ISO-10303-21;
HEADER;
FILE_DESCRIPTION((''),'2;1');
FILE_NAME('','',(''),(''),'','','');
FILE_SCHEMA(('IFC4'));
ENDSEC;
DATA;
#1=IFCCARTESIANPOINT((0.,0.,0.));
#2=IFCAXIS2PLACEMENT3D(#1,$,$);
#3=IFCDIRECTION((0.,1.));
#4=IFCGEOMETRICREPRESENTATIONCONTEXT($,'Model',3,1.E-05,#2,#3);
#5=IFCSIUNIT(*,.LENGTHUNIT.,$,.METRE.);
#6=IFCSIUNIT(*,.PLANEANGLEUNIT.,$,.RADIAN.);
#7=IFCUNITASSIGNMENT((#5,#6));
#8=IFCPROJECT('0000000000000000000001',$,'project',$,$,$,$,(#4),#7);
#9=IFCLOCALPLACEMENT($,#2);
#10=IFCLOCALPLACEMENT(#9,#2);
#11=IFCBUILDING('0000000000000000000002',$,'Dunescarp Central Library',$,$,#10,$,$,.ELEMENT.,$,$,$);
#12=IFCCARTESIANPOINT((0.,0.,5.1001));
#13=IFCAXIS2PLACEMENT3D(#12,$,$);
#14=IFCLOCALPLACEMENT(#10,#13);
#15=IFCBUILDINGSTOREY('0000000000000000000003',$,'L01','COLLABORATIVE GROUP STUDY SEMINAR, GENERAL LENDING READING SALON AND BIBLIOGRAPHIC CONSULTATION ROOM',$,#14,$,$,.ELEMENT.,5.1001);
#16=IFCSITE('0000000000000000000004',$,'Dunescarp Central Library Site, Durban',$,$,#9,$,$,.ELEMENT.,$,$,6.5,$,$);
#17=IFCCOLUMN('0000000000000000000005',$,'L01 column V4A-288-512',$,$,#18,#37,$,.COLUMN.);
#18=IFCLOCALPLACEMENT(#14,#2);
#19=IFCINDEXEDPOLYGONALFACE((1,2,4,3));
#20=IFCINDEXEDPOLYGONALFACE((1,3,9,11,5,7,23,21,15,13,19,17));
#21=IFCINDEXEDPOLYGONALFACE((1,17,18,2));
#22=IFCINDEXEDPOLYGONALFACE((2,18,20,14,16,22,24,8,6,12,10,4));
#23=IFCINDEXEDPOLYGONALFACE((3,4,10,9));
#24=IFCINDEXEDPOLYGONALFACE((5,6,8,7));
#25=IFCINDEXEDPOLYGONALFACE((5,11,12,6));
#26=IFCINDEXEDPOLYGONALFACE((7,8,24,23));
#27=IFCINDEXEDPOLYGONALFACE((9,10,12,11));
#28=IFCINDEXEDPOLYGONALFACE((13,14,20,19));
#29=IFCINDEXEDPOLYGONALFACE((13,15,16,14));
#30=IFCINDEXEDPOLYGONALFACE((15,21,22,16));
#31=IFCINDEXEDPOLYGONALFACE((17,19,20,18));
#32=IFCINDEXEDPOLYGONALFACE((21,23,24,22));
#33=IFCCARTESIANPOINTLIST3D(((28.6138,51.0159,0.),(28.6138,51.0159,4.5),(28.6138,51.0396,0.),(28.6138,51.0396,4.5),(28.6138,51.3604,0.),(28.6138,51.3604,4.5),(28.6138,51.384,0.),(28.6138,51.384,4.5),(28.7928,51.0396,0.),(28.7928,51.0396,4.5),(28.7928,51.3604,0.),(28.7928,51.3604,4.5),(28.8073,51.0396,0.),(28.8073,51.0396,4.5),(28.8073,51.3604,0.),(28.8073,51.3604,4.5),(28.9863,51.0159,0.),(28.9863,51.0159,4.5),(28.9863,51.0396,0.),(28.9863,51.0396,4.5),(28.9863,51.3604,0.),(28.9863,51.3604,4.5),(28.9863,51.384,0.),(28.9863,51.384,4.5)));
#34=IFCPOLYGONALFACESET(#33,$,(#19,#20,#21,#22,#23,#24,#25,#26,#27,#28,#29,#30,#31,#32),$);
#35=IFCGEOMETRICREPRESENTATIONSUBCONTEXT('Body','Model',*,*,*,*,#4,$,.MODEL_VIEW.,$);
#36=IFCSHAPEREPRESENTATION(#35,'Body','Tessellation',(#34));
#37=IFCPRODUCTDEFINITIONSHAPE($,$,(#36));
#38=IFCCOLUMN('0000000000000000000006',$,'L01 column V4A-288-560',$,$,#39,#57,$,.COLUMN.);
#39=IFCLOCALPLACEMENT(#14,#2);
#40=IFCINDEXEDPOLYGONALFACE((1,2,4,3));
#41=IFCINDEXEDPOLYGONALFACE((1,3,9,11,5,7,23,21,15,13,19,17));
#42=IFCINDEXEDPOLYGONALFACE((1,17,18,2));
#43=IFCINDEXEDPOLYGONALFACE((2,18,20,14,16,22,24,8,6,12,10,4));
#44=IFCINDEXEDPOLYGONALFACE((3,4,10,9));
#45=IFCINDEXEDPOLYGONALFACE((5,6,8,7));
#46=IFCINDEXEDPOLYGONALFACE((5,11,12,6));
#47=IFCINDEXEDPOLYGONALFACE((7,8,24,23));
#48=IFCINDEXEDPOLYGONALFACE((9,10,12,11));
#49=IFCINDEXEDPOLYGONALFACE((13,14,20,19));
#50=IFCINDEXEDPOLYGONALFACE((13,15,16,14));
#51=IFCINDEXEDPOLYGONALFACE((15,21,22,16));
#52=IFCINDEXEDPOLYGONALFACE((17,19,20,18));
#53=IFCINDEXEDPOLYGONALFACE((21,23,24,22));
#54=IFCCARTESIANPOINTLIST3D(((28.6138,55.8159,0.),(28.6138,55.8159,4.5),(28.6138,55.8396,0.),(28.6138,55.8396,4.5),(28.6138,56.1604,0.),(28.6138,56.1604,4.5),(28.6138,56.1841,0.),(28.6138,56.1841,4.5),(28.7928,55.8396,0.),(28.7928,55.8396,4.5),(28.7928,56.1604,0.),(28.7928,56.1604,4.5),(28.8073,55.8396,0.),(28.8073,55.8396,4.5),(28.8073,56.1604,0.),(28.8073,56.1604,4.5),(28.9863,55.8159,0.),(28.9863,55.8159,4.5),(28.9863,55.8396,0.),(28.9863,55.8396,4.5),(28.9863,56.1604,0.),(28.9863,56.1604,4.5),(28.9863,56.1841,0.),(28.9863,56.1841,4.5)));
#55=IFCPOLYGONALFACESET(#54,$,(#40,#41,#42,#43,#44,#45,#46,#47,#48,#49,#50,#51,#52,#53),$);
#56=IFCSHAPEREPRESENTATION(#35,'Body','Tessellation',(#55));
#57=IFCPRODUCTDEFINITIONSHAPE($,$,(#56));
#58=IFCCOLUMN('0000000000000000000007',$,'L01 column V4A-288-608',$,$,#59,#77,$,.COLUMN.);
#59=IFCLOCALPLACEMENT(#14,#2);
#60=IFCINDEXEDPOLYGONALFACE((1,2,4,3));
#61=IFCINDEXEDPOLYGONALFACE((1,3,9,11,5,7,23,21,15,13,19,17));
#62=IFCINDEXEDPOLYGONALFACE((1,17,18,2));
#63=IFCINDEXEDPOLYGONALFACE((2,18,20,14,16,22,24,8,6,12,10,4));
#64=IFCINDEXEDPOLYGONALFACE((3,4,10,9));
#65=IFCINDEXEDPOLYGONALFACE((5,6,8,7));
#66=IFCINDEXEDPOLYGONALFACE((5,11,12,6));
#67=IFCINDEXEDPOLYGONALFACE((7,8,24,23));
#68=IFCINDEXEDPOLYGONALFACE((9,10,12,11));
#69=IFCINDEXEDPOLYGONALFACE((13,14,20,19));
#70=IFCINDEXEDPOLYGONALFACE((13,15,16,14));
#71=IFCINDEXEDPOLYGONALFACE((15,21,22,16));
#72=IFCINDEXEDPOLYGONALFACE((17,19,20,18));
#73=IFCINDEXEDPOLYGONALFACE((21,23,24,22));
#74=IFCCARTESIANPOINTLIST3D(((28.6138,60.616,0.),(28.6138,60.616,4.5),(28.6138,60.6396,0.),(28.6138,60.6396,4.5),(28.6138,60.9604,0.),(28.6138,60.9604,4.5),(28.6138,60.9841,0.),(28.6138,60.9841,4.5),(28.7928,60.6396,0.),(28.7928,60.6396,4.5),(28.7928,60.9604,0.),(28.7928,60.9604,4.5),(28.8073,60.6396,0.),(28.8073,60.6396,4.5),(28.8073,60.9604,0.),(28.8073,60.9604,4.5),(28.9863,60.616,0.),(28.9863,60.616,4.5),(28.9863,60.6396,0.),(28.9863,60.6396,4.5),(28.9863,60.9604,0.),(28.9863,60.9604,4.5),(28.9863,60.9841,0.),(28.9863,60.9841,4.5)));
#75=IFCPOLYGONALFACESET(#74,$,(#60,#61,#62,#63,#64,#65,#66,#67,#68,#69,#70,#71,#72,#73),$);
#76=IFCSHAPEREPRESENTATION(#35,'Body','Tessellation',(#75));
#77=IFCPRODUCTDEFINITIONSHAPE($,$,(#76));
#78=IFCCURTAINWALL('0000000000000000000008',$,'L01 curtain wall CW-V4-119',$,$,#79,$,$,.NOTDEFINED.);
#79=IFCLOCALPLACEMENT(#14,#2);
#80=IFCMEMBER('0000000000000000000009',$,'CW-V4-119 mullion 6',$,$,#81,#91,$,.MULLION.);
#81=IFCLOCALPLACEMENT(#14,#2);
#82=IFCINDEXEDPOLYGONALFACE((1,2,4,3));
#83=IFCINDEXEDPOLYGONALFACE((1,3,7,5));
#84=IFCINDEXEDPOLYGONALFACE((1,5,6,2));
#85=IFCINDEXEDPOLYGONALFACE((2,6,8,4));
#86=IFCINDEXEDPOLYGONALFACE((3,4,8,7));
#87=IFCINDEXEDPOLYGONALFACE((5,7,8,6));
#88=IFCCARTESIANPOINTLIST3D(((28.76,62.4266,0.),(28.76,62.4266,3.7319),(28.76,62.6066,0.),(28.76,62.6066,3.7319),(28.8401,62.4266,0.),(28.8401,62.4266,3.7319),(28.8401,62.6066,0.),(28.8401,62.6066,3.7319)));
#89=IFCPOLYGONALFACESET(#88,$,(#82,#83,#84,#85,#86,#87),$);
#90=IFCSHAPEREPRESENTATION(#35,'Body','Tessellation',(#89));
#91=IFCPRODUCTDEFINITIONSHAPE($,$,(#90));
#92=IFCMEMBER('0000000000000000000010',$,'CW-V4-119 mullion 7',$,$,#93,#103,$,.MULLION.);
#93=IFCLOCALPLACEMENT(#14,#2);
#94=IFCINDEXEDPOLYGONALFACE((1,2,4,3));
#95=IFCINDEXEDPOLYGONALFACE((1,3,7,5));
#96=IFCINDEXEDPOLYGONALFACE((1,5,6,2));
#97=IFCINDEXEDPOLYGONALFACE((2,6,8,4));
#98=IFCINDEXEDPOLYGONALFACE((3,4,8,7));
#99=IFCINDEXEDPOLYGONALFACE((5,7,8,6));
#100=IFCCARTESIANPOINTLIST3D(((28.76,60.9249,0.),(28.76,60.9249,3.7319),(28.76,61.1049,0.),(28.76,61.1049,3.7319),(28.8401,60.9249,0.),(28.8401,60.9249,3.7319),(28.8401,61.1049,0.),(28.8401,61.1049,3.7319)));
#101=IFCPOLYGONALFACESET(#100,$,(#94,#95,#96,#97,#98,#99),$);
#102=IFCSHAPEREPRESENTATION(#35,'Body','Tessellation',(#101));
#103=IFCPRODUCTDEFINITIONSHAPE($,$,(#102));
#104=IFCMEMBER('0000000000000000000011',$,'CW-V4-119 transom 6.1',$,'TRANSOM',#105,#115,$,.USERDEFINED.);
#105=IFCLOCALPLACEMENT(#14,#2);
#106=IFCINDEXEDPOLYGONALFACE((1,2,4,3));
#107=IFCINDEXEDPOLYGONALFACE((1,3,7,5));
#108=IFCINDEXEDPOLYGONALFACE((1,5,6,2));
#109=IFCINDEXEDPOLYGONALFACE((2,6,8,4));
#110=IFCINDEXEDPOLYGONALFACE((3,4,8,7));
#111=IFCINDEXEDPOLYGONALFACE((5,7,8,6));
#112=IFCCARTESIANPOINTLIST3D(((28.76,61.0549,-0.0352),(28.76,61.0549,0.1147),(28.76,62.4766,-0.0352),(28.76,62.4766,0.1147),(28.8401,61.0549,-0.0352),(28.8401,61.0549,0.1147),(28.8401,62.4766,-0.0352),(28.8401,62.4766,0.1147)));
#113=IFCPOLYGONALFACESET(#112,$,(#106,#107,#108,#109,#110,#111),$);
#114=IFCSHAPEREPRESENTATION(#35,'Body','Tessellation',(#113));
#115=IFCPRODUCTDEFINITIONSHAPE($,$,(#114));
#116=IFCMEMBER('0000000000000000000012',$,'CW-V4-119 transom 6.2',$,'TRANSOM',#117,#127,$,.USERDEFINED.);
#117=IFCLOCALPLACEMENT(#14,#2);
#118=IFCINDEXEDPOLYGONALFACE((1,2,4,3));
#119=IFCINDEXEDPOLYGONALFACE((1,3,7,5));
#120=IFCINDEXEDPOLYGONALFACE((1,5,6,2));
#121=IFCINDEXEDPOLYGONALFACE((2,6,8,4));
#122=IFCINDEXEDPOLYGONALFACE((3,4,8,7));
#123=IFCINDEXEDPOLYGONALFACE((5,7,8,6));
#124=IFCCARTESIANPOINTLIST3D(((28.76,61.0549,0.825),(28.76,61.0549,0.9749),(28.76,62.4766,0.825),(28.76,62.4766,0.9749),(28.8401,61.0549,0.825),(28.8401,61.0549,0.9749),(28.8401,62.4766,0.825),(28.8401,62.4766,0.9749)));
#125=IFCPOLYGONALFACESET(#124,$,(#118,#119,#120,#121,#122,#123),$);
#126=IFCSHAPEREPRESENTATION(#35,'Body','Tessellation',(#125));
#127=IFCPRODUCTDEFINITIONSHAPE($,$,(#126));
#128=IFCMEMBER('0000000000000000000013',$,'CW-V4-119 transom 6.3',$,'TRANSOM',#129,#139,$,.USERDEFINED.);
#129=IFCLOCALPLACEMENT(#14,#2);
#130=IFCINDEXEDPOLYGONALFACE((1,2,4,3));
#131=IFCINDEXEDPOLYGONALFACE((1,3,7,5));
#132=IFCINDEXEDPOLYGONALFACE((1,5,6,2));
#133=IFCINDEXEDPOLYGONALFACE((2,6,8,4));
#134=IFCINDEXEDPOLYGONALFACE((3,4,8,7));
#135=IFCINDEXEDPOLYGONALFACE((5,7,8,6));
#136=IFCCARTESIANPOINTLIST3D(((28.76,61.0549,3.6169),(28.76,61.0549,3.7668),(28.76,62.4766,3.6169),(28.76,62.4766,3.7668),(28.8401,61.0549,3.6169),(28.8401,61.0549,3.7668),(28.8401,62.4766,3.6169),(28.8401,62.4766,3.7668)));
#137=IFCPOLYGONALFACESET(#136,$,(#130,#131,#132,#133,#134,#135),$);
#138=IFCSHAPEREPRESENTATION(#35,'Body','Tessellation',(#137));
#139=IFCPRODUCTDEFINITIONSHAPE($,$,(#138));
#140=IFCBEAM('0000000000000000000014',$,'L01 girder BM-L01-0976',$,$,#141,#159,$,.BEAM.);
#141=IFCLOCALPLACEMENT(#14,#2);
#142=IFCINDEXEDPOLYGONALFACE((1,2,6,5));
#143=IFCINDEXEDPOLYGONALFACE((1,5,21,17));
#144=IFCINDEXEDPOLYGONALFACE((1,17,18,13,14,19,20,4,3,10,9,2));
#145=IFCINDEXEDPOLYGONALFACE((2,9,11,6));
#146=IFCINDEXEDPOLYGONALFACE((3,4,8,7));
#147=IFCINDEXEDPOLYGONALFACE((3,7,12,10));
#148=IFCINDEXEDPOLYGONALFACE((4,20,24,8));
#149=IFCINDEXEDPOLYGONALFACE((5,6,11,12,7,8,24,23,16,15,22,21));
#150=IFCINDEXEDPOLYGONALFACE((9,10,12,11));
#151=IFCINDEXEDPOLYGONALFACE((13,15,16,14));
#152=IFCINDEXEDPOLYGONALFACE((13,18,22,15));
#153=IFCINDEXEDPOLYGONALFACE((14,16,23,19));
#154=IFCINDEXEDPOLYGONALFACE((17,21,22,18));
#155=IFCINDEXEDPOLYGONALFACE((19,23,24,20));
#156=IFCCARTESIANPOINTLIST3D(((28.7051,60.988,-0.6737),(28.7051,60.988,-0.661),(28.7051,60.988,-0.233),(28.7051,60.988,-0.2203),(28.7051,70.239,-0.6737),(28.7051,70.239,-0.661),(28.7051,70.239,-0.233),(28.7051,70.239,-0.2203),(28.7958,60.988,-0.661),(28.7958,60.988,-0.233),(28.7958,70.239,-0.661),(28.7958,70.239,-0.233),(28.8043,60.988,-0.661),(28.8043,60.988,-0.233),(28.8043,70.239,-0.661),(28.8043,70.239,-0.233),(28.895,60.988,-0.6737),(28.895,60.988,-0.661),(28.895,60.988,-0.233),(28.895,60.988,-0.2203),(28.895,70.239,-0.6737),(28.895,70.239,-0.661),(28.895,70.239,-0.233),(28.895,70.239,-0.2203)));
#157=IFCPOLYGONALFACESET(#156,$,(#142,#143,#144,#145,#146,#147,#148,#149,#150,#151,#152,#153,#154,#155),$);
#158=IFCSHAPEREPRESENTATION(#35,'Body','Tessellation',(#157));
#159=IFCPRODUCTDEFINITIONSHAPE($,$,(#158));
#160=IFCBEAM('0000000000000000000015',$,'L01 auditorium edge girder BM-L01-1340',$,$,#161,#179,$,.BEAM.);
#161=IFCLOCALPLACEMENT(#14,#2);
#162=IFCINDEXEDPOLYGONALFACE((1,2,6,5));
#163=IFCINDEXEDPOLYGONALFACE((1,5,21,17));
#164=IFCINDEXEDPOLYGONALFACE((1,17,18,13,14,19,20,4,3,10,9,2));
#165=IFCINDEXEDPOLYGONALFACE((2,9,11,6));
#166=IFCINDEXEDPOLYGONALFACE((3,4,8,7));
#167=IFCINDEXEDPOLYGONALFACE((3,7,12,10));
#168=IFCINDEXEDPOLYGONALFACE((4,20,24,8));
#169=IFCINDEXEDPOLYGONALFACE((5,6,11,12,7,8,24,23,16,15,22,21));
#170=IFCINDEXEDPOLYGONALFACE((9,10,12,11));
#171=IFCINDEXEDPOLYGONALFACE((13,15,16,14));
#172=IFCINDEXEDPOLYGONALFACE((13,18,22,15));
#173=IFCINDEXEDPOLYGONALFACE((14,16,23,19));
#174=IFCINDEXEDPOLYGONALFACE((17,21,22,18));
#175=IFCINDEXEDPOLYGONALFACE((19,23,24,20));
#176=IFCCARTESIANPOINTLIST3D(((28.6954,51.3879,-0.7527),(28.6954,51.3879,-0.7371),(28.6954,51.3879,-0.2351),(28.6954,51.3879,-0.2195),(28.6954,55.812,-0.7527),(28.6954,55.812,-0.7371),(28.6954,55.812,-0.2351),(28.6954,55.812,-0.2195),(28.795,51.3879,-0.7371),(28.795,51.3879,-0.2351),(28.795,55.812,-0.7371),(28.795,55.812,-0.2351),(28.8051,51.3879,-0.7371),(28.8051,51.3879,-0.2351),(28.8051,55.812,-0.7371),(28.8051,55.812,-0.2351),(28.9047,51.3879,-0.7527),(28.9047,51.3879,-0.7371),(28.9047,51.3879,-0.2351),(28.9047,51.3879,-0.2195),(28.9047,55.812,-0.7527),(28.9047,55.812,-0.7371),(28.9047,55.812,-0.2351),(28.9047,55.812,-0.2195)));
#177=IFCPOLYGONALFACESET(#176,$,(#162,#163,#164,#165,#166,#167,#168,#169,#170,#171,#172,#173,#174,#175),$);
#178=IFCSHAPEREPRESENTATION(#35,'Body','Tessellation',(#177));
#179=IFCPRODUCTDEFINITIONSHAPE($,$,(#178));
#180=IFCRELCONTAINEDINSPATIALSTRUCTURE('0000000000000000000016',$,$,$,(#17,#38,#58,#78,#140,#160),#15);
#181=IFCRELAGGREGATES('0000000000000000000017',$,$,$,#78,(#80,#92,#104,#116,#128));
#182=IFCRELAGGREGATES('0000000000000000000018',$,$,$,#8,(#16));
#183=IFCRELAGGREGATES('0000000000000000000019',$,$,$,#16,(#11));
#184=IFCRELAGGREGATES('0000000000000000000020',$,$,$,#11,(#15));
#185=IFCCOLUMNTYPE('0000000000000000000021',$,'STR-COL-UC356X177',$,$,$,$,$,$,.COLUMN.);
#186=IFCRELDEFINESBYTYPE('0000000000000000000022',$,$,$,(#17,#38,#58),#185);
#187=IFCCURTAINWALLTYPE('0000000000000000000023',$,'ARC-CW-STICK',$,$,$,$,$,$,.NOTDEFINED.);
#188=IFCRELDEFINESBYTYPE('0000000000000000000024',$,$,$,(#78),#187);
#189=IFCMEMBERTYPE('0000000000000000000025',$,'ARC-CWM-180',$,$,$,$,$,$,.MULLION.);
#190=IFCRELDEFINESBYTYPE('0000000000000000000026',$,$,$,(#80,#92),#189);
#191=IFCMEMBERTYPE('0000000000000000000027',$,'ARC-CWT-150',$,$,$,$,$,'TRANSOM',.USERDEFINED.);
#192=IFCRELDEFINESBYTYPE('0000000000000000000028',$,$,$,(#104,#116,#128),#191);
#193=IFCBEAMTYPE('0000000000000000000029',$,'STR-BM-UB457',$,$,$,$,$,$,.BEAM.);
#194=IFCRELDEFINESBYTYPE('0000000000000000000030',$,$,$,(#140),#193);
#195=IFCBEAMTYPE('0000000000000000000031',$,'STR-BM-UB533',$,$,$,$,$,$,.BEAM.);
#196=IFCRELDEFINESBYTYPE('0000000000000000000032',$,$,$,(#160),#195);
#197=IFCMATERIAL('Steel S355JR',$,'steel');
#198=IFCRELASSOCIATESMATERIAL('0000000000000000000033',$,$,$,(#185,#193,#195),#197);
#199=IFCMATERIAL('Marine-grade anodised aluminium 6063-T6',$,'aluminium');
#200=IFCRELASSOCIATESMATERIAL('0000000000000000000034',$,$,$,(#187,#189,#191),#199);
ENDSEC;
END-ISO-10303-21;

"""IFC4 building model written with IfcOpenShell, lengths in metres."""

from ifc_helpers import new_model, si_unit, direction, frame, origin, origin_2d, place, context, subcontext, project, spatial, rectangle, i_section, extrude, material, material_profile, profile_set, type_object, element, aggregate, save


model = new_model("IFC4")

# Units and contexts
model_context = context("Model", 3, precision=1e-05, world=origin(), true_north=direction((0.0, 1.0)))
body_context = subcontext(model_context, "Body", "Model", "MODEL_VIEW")
ifc_project = project(units=[si_unit("LENGTHUNIT", "METRE"), si_unit("PLANEANGLEUNIT", "RADIAN")], contexts=[model_context])

# Site, building, storey
site_placement = place(None, origin())
site = spatial("IfcSite", under=ifc_project, at=site_placement, Name="Dunescarp Central Library Site, Durban", CompositionType="ELEMENT", RefElevation=6.5)
building_placement = place(site_placement, origin())
building = spatial("IfcBuilding", under=site, at=building_placement, Name="Dunescarp Central Library", CompositionType="ELEMENT")
storey_placement = place(building_placement, frame((0.0, 0.0, 5.1001)))
storey = spatial("IfcBuildingStorey", under=building, at=storey_placement, Name="L01", Description="COLLABORATIVE GROUP STUDY SEMINAR, GENERAL LENDING READING SALON AND BIBLIOGRAPHIC CONSULTATION ROOM", CompositionType="ELEMENT", Elevation=5.1001)

# Columns
ifc_material_1 = material(Name="Steel S355JR", Category="steel")
ifc_material_profile_1 = material_profile(ifc_material_1, i_section(OverallWidth=0.3726, OverallDepth=0.3682, WebThickness=0.0144, FlangeThickness=0.0237, at=origin_2d()), Name="UC 356x368x177")
ifc_profile_set_1 = profile_set([ifc_material_profile_1], Name="Steel S355JR")
column_type = type_object("IfcColumnType", Name="STR-COL-UC356X177", PredefinedType="COLUMN", material=ifc_profile_set_1)
for number, where, z_axis, x_axis, name in (
    (1, (28.8, 51.2, 0.0), (0.0, 0.0, 1.0), (1.0, 0.0, 0.0), "L01 column V4A-288-512"),
    (2, (28.8, 56.0, 0.0), (0.0, 0.0, 1.0), (1.0, 0.0, 0.0), "L01 column V4A-288-560"),
    (3, (28.8, 60.8, 0.0), (0.0, 0.0, 1.0), (1.0, 0.0, 0.0), "L01 column V4A-288-608"),
):
    element("IfcColumn", number, at=place(storey_placement, frame(where, z_axis=z_axis, x_axis=x_axis)), inside=storey, type_object=column_type, Name=name, PredefinedType="COLUMN", context=body_context, shape_type="SweptSolid", body=[
        extrude(i_section(OverallWidth=0.3726, OverallDepth=0.3682, WebThickness=0.0144, FlangeThickness=0.0237, at=origin_2d()), origin(), (0.0, 0.0, 1.0), 4.5),
    ])

# Curtain wall, members
ifc_material_2 = material(Name="Marine-grade anodised aluminium 6063-T6", Category="aluminium")
curtain_wall_type = type_object("IfcCurtainWallType", Name="ARC-CW-STICK", PredefinedType="NOTDEFINED", material=ifc_material_2)
curtain_wall_placement = place(storey_placement, origin())
curtain_wall = element("IfcCurtainWall", 4, at=curtain_wall_placement, inside=storey, type_object=curtain_wall_type, Name="L01 curtain wall CW-V4-119", PredefinedType="NOTDEFINED")
ifc_material_profile_2 = material_profile(ifc_material_2, rectangle(XDim=0.0801, YDim=0.1799, at=origin_2d()), Name="AL 80x180")
ifc_profile_set_2 = profile_set([ifc_material_profile_2], Name="Marine-grade anodised aluminium 6063-T6")
member_type_1 = type_object("IfcMemberType", Name="ARC-CWM-180", PredefinedType="MULLION", material=ifc_profile_set_2)
member_1_placement = place(storey_placement, frame((28.8, 62.5166, 0.0), z_axis=(0.0, 0.0, 1.0), x_axis=(1.0, 0.0, 0.0)))
member_1 = element("IfcMember", 5, at=member_1_placement, type_object=member_type_1, Name="CW-V4-119 mullion 6", PredefinedType="MULLION", context=body_context, shape_type="SweptSolid", body=[
    extrude(rectangle(XDim=0.0801, YDim=0.1799, at=origin_2d()), origin(), (0.0, 0.0, 1.0), 3.7319),
])
member_2_placement = place(storey_placement, frame((28.8, 61.0149, 0.0), z_axis=(0.0, 0.0, 1.0), x_axis=(1.0, 0.0, 0.0)))
member_2 = element("IfcMember", 6, at=member_2_placement, type_object=member_type_1, Name="CW-V4-119 mullion 7", PredefinedType="MULLION", context=body_context, shape_type="SweptSolid", body=[
    extrude(rectangle(XDim=0.0801, YDim=0.1799, at=origin_2d()), origin(), (0.0, 0.0, 1.0), 3.7319),
])
ifc_material_profile_3 = material_profile(ifc_material_2, rectangle(XDim=0.0801, YDim=0.1499, at=origin_2d()), Name="AL 80x150")
ifc_profile_set_3 = profile_set([ifc_material_profile_3], Name="Marine-grade anodised aluminium 6063-T6")
member_type_2 = type_object("IfcMemberType", Name="ARC-CWT-150", ElementType="TRANSOM", PredefinedType="USERDEFINED", material=ifc_profile_set_3)
member_3_placement = place(storey_placement, frame((28.8, 62.4766, 0.0398), z_axis=(0.0, -1.0, 0.0), x_axis=(1.0, 0.0, 0.0)))
member_3 = element("IfcMember", 7, at=member_3_placement, type_object=member_type_2, Name="CW-V4-119 transom 6.1", ObjectType="TRANSOM", PredefinedType="USERDEFINED", context=body_context, shape_type="SweptSolid", body=[
    extrude(rectangle(XDim=0.0801, YDim=0.1499, at=origin_2d()), origin(), (0.0, 0.0, 1.0), 1.4216),
])
member_4_placement = place(storey_placement, frame((28.8, 62.4766, 0.8999), z_axis=(0.0, -1.0, 0.0), x_axis=(1.0, 0.0, 0.0)))
member_4 = element("IfcMember", 8, at=member_4_placement, type_object=member_type_2, Name="CW-V4-119 transom 6.2", ObjectType="TRANSOM", PredefinedType="USERDEFINED", context=body_context, shape_type="SweptSolid", body=[
    extrude(rectangle(XDim=0.0801, YDim=0.1499, at=origin_2d()), origin(), (0.0, 0.0, 1.0), 1.4216),
])
member_5_placement = place(storey_placement, frame((28.8, 62.4766, 3.6919), z_axis=(0.0, -1.0, 0.0), x_axis=(1.0, 0.0, 0.0)))
member_5 = element("IfcMember", 9, at=member_5_placement, type_object=member_type_2, Name="CW-V4-119 transom 6.3", ObjectType="TRANSOM", PredefinedType="USERDEFINED", context=body_context, shape_type="SweptSolid", body=[
    extrude(rectangle(XDim=0.0801, YDim=0.1499, at=origin_2d()), origin(), (0.0, 0.0, 1.0), 1.4216),
])

# Beams
ifc_material_profile_4 = material_profile(ifc_material_1, i_section(OverallWidth=0.1899, OverallDepth=0.4534, WebThickness=0.0085, FlangeThickness=0.0127, at=origin_2d()), Name="UB 457x191x67")
ifc_profile_set_4 = profile_set([ifc_material_profile_4], Name="Steel S355JR")
beam_type_1 = type_object("IfcBeamType", Name="STR-BM-UB457", PredefinedType="BEAM", material=ifc_profile_set_4)
beam_placement = place(storey_placement, frame((28.8, 60.988, -0.447), z_axis=(0.0, 1.0, 0.0), x_axis=(-1.0, 0.0, 0.0)))
element("IfcBeam", 10, at=beam_placement, inside=storey, type_object=beam_type_1, Name="L01 girder BM-L01-0976", PredefinedType="BEAM", context=body_context, shape_type="SweptSolid", body=[
    extrude(i_section(OverallWidth=0.1899, OverallDepth=0.4534, WebThickness=0.0085, FlangeThickness=0.0127, at=origin_2d()), origin(), (0.0, 0.0, 1.0), 9.251),
])
ifc_material_profile_5 = material_profile(ifc_material_1, i_section(OverallWidth=0.2092, OverallDepth=0.5332, WebThickness=0.01, FlangeThickness=0.0156, at=origin_2d()), Name="UB 533x210x92")
ifc_profile_set_5 = profile_set([ifc_material_profile_5], Name="Steel S355JR")
beam_type_2 = type_object("IfcBeamType", Name="STR-BM-UB533", PredefinedType="BEAM", material=ifc_profile_set_5)
for number, where, z_axis, x_axis, name in (
    (11, (28.8, 51.3879, -0.4861), (0.0, 1.0, 0.0), (-1.0, 0.0, 0.0), "L01 auditorium edge girder BM-L01-1340"),
):
    element("IfcBeam", number, at=place(storey_placement, frame(where, z_axis=z_axis, x_axis=x_axis)), inside=storey, type_object=beam_type_2, Name=name, PredefinedType="BEAM", context=body_context, shape_type="SweptSolid", body=[
        extrude(i_section(OverallWidth=0.2092, OverallDepth=0.5332, WebThickness=0.01, FlangeThickness=0.0156, at=origin_2d()), origin(), (0.0, 0.0, 1.0), 4.4241),
    ])

aggregate(curtain_wall, [member_1, member_2, member_3, member_4, member_5])

save(model, "model.ifc")
